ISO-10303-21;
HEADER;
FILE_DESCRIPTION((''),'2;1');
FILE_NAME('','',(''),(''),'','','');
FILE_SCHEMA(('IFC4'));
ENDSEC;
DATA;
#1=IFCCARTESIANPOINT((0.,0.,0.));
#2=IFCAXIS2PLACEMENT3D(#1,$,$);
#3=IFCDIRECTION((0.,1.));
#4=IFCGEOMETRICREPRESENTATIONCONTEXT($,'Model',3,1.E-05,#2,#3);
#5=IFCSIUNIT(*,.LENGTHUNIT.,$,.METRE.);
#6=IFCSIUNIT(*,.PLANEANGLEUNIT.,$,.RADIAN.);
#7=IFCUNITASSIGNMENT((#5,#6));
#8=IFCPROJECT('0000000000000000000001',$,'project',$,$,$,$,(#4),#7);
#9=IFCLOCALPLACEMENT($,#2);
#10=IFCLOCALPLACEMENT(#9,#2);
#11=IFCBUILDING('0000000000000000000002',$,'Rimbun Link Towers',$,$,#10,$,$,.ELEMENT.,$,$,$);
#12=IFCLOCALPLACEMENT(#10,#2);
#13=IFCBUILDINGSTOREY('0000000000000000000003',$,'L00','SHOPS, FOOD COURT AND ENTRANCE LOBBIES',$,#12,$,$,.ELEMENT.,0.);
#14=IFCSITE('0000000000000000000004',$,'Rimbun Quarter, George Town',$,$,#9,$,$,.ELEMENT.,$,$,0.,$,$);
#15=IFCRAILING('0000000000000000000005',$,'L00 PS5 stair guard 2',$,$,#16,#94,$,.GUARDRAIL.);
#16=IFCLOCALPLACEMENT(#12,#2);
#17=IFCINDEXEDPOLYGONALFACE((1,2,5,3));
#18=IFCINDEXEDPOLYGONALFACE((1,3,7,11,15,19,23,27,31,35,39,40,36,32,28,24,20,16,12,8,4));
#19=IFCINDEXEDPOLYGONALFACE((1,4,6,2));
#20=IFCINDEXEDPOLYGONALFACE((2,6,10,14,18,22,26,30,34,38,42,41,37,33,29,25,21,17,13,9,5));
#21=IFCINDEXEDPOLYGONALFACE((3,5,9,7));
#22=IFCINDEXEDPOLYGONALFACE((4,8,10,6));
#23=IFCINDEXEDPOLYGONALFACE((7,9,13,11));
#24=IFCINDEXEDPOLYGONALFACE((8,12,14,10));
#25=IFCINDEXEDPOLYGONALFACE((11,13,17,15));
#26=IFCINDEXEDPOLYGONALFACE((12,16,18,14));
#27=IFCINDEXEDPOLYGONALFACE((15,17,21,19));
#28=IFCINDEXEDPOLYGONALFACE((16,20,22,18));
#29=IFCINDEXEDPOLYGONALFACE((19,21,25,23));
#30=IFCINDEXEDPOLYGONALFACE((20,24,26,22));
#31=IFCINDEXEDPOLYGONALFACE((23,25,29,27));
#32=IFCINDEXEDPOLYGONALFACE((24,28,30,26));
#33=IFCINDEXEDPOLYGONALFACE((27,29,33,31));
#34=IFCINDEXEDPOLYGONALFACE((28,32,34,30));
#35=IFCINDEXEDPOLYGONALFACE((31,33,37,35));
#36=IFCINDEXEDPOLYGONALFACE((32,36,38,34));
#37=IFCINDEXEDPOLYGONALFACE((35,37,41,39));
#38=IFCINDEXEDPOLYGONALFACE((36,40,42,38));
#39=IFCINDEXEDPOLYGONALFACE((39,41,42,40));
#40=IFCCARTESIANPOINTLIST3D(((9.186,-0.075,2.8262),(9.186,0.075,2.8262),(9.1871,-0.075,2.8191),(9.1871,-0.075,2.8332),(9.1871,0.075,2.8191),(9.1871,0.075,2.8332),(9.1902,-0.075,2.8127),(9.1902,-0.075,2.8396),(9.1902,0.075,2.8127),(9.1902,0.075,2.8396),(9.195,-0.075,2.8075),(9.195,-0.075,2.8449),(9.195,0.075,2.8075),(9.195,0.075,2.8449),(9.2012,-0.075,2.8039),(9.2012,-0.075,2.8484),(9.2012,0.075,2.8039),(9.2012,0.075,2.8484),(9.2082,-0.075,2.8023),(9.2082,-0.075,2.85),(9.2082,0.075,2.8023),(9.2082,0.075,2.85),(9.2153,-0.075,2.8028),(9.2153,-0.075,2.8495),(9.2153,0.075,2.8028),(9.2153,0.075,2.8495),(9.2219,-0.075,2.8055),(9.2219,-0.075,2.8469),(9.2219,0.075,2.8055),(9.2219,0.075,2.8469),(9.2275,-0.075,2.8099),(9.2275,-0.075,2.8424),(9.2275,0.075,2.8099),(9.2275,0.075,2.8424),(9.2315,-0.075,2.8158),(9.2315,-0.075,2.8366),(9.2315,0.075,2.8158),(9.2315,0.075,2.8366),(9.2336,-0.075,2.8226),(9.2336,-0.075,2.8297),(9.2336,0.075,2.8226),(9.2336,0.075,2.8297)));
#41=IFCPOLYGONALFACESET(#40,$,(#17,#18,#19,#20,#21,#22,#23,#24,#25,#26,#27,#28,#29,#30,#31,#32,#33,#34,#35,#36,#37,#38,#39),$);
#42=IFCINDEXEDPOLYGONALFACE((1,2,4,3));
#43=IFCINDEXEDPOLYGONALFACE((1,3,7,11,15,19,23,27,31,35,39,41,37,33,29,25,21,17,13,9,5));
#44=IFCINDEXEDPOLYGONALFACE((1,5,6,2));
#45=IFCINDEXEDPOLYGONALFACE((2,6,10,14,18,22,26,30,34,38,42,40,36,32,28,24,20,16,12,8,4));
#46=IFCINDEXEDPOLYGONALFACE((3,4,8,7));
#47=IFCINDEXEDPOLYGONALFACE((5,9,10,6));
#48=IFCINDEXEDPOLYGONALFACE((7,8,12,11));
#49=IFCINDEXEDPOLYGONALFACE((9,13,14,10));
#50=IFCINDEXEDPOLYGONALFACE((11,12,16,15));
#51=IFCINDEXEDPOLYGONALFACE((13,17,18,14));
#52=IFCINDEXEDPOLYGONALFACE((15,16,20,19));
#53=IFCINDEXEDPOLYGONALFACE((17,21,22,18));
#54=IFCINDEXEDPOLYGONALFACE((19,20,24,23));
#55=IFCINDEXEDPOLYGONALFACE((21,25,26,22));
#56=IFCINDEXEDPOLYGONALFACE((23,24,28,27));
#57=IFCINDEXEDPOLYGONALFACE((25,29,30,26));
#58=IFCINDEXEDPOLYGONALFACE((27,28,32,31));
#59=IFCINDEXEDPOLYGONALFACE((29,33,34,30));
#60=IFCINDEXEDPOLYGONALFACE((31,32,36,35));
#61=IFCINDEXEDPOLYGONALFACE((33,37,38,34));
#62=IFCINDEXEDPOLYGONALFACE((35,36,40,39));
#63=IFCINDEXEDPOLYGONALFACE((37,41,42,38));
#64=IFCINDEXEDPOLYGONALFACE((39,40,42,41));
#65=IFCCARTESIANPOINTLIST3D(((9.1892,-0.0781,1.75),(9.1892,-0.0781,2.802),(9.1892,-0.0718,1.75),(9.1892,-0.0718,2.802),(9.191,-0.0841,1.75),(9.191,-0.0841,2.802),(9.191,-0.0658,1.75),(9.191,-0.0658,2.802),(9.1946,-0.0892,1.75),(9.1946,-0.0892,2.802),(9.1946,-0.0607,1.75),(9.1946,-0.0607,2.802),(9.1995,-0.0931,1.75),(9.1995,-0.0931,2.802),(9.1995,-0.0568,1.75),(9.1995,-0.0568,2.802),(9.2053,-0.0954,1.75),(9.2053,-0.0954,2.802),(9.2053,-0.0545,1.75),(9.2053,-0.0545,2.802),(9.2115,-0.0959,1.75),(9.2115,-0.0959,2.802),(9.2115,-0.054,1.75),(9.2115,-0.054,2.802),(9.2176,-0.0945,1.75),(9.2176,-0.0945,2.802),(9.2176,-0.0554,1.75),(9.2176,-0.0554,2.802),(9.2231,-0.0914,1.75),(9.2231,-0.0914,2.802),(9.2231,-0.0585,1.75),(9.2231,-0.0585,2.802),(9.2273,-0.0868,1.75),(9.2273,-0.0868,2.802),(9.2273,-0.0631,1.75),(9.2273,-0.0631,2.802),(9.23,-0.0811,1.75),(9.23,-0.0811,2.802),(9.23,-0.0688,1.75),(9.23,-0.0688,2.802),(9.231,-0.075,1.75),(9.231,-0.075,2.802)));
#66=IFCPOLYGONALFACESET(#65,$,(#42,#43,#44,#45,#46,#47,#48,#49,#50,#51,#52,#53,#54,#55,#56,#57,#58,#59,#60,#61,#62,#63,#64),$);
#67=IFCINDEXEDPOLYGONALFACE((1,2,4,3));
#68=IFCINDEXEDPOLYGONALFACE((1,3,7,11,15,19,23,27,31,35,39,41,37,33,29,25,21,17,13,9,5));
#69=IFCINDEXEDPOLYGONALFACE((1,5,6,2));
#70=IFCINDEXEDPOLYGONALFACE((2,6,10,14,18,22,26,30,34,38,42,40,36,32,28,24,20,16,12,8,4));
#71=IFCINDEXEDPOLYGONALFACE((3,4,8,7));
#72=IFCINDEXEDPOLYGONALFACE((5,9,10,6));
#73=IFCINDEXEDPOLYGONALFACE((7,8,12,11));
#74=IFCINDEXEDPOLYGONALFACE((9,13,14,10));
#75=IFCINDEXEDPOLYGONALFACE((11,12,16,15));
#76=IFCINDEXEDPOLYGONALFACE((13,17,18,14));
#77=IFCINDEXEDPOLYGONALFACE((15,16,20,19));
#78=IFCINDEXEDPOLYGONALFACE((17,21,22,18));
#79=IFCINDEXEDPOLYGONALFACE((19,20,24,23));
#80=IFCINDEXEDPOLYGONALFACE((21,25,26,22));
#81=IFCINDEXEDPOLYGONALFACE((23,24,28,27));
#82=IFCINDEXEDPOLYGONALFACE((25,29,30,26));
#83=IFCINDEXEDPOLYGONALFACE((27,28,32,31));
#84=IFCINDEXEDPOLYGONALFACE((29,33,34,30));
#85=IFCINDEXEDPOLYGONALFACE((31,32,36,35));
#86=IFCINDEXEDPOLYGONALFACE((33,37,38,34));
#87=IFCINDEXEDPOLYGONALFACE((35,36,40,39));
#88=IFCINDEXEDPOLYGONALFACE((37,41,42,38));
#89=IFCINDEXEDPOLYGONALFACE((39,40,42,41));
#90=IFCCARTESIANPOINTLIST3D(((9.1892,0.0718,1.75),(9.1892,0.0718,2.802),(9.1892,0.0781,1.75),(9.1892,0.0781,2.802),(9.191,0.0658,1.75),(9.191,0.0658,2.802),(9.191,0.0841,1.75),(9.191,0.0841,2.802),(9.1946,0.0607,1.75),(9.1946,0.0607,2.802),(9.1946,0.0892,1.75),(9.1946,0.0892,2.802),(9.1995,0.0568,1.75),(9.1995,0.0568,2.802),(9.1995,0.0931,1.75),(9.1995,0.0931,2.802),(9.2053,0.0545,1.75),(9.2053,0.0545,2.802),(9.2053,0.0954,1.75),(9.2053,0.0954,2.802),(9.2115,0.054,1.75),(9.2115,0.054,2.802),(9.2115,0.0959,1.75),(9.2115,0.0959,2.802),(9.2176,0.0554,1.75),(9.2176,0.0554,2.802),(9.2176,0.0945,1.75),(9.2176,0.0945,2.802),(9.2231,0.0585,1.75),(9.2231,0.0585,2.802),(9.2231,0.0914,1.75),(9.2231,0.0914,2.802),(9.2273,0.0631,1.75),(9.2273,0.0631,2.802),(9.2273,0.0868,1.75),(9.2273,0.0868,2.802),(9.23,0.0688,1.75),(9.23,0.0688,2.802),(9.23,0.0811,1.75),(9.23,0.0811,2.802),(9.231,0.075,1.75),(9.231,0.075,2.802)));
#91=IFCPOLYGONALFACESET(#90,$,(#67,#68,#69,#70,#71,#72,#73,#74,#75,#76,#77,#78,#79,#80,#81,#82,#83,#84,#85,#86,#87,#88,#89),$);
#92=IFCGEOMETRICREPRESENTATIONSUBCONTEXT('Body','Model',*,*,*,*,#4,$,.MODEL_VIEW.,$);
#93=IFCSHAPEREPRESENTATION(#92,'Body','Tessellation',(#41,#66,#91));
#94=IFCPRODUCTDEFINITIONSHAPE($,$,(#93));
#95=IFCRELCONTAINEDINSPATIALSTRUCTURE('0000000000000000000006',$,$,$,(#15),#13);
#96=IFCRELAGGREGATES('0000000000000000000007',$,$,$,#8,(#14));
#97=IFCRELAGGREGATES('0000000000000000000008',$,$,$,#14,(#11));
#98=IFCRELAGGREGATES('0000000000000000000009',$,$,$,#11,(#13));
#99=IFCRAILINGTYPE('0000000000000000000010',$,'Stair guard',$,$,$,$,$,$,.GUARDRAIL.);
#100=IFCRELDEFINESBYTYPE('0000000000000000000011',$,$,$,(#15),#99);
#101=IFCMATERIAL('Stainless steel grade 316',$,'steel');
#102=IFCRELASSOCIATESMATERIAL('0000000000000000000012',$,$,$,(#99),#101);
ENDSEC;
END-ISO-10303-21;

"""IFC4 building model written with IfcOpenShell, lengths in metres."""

from ifc_helpers import new_model, si_unit, direction, frame, origin, origin_2d, place, context, subcontext, project, spatial, circle, extrude, material, type_object, element, save


model = new_model("IFC4")

# Units and contexts
model_context = context("Model", 3, precision=1e-05, world=origin(), true_north=direction((0.0, 1.0)))
body_context = subcontext(model_context, "Body", "Model", "MODEL_VIEW")
ifc_project = project(units=[si_unit("LENGTHUNIT", "METRE"), si_unit("PLANEANGLEUNIT", "RADIAN")], contexts=[model_context])

# Site, building, storey
site_placement = place(None, origin())
site = spatial("IfcSite", under=ifc_project, at=site_placement, Name="Rimbun Quarter, George Town", CompositionType="ELEMENT", RefElevation=0.0)
building_placement = place(site_placement, origin())
building = spatial("IfcBuilding", under=site, at=building_placement, Name="Rimbun Link Towers", CompositionType="ELEMENT")
storey_placement = place(building_placement, origin())
storey = spatial("IfcBuildingStorey", under=building, at=storey_placement, Name="L00", Description="SHOPS, FOOD COURT AND ENTRANCE LOBBIES", CompositionType="ELEMENT", Elevation=0.0)

# Railing
ifc_material_1 = material(Name="Stainless steel grade 316", Category="steel")
railing_type_1 = type_object("IfcRailingType", Name="Stair guard", PredefinedType="GUARDRAIL", material=ifc_material_1)
railing_1_placement = place(storey_placement, frame((9.21, -0.075, 1.75)))
element("IfcRailing", 1, at=railing_1_placement, inside=storey, type_object=railing_type_1, Name="L00 PS5 stair guard 2", PredefinedType="GUARDRAIL", context=body_context, shape_type="SweptSolid", body=[
    extrude(circle(Radius=0.0239, at=origin_2d()), frame((0.0, 0.0, 1.0762), z_axis=(0.0, 1.0, 0.0), x_axis=(-1.0, 0.0, 0.0)), (0.0, 0.0, 1.0), 0.1499),
    extrude(circle(Radius=0.021, at=origin_2d()), origin(), (0.0, 0.0, 1.0), 1.052),
    extrude(circle(Radius=0.021, at=origin_2d()), frame((0.0, 0.1499, 0.0)), (0.0, 0.0, 1.0), 1.052),
])

save(model, "model.ifc")
